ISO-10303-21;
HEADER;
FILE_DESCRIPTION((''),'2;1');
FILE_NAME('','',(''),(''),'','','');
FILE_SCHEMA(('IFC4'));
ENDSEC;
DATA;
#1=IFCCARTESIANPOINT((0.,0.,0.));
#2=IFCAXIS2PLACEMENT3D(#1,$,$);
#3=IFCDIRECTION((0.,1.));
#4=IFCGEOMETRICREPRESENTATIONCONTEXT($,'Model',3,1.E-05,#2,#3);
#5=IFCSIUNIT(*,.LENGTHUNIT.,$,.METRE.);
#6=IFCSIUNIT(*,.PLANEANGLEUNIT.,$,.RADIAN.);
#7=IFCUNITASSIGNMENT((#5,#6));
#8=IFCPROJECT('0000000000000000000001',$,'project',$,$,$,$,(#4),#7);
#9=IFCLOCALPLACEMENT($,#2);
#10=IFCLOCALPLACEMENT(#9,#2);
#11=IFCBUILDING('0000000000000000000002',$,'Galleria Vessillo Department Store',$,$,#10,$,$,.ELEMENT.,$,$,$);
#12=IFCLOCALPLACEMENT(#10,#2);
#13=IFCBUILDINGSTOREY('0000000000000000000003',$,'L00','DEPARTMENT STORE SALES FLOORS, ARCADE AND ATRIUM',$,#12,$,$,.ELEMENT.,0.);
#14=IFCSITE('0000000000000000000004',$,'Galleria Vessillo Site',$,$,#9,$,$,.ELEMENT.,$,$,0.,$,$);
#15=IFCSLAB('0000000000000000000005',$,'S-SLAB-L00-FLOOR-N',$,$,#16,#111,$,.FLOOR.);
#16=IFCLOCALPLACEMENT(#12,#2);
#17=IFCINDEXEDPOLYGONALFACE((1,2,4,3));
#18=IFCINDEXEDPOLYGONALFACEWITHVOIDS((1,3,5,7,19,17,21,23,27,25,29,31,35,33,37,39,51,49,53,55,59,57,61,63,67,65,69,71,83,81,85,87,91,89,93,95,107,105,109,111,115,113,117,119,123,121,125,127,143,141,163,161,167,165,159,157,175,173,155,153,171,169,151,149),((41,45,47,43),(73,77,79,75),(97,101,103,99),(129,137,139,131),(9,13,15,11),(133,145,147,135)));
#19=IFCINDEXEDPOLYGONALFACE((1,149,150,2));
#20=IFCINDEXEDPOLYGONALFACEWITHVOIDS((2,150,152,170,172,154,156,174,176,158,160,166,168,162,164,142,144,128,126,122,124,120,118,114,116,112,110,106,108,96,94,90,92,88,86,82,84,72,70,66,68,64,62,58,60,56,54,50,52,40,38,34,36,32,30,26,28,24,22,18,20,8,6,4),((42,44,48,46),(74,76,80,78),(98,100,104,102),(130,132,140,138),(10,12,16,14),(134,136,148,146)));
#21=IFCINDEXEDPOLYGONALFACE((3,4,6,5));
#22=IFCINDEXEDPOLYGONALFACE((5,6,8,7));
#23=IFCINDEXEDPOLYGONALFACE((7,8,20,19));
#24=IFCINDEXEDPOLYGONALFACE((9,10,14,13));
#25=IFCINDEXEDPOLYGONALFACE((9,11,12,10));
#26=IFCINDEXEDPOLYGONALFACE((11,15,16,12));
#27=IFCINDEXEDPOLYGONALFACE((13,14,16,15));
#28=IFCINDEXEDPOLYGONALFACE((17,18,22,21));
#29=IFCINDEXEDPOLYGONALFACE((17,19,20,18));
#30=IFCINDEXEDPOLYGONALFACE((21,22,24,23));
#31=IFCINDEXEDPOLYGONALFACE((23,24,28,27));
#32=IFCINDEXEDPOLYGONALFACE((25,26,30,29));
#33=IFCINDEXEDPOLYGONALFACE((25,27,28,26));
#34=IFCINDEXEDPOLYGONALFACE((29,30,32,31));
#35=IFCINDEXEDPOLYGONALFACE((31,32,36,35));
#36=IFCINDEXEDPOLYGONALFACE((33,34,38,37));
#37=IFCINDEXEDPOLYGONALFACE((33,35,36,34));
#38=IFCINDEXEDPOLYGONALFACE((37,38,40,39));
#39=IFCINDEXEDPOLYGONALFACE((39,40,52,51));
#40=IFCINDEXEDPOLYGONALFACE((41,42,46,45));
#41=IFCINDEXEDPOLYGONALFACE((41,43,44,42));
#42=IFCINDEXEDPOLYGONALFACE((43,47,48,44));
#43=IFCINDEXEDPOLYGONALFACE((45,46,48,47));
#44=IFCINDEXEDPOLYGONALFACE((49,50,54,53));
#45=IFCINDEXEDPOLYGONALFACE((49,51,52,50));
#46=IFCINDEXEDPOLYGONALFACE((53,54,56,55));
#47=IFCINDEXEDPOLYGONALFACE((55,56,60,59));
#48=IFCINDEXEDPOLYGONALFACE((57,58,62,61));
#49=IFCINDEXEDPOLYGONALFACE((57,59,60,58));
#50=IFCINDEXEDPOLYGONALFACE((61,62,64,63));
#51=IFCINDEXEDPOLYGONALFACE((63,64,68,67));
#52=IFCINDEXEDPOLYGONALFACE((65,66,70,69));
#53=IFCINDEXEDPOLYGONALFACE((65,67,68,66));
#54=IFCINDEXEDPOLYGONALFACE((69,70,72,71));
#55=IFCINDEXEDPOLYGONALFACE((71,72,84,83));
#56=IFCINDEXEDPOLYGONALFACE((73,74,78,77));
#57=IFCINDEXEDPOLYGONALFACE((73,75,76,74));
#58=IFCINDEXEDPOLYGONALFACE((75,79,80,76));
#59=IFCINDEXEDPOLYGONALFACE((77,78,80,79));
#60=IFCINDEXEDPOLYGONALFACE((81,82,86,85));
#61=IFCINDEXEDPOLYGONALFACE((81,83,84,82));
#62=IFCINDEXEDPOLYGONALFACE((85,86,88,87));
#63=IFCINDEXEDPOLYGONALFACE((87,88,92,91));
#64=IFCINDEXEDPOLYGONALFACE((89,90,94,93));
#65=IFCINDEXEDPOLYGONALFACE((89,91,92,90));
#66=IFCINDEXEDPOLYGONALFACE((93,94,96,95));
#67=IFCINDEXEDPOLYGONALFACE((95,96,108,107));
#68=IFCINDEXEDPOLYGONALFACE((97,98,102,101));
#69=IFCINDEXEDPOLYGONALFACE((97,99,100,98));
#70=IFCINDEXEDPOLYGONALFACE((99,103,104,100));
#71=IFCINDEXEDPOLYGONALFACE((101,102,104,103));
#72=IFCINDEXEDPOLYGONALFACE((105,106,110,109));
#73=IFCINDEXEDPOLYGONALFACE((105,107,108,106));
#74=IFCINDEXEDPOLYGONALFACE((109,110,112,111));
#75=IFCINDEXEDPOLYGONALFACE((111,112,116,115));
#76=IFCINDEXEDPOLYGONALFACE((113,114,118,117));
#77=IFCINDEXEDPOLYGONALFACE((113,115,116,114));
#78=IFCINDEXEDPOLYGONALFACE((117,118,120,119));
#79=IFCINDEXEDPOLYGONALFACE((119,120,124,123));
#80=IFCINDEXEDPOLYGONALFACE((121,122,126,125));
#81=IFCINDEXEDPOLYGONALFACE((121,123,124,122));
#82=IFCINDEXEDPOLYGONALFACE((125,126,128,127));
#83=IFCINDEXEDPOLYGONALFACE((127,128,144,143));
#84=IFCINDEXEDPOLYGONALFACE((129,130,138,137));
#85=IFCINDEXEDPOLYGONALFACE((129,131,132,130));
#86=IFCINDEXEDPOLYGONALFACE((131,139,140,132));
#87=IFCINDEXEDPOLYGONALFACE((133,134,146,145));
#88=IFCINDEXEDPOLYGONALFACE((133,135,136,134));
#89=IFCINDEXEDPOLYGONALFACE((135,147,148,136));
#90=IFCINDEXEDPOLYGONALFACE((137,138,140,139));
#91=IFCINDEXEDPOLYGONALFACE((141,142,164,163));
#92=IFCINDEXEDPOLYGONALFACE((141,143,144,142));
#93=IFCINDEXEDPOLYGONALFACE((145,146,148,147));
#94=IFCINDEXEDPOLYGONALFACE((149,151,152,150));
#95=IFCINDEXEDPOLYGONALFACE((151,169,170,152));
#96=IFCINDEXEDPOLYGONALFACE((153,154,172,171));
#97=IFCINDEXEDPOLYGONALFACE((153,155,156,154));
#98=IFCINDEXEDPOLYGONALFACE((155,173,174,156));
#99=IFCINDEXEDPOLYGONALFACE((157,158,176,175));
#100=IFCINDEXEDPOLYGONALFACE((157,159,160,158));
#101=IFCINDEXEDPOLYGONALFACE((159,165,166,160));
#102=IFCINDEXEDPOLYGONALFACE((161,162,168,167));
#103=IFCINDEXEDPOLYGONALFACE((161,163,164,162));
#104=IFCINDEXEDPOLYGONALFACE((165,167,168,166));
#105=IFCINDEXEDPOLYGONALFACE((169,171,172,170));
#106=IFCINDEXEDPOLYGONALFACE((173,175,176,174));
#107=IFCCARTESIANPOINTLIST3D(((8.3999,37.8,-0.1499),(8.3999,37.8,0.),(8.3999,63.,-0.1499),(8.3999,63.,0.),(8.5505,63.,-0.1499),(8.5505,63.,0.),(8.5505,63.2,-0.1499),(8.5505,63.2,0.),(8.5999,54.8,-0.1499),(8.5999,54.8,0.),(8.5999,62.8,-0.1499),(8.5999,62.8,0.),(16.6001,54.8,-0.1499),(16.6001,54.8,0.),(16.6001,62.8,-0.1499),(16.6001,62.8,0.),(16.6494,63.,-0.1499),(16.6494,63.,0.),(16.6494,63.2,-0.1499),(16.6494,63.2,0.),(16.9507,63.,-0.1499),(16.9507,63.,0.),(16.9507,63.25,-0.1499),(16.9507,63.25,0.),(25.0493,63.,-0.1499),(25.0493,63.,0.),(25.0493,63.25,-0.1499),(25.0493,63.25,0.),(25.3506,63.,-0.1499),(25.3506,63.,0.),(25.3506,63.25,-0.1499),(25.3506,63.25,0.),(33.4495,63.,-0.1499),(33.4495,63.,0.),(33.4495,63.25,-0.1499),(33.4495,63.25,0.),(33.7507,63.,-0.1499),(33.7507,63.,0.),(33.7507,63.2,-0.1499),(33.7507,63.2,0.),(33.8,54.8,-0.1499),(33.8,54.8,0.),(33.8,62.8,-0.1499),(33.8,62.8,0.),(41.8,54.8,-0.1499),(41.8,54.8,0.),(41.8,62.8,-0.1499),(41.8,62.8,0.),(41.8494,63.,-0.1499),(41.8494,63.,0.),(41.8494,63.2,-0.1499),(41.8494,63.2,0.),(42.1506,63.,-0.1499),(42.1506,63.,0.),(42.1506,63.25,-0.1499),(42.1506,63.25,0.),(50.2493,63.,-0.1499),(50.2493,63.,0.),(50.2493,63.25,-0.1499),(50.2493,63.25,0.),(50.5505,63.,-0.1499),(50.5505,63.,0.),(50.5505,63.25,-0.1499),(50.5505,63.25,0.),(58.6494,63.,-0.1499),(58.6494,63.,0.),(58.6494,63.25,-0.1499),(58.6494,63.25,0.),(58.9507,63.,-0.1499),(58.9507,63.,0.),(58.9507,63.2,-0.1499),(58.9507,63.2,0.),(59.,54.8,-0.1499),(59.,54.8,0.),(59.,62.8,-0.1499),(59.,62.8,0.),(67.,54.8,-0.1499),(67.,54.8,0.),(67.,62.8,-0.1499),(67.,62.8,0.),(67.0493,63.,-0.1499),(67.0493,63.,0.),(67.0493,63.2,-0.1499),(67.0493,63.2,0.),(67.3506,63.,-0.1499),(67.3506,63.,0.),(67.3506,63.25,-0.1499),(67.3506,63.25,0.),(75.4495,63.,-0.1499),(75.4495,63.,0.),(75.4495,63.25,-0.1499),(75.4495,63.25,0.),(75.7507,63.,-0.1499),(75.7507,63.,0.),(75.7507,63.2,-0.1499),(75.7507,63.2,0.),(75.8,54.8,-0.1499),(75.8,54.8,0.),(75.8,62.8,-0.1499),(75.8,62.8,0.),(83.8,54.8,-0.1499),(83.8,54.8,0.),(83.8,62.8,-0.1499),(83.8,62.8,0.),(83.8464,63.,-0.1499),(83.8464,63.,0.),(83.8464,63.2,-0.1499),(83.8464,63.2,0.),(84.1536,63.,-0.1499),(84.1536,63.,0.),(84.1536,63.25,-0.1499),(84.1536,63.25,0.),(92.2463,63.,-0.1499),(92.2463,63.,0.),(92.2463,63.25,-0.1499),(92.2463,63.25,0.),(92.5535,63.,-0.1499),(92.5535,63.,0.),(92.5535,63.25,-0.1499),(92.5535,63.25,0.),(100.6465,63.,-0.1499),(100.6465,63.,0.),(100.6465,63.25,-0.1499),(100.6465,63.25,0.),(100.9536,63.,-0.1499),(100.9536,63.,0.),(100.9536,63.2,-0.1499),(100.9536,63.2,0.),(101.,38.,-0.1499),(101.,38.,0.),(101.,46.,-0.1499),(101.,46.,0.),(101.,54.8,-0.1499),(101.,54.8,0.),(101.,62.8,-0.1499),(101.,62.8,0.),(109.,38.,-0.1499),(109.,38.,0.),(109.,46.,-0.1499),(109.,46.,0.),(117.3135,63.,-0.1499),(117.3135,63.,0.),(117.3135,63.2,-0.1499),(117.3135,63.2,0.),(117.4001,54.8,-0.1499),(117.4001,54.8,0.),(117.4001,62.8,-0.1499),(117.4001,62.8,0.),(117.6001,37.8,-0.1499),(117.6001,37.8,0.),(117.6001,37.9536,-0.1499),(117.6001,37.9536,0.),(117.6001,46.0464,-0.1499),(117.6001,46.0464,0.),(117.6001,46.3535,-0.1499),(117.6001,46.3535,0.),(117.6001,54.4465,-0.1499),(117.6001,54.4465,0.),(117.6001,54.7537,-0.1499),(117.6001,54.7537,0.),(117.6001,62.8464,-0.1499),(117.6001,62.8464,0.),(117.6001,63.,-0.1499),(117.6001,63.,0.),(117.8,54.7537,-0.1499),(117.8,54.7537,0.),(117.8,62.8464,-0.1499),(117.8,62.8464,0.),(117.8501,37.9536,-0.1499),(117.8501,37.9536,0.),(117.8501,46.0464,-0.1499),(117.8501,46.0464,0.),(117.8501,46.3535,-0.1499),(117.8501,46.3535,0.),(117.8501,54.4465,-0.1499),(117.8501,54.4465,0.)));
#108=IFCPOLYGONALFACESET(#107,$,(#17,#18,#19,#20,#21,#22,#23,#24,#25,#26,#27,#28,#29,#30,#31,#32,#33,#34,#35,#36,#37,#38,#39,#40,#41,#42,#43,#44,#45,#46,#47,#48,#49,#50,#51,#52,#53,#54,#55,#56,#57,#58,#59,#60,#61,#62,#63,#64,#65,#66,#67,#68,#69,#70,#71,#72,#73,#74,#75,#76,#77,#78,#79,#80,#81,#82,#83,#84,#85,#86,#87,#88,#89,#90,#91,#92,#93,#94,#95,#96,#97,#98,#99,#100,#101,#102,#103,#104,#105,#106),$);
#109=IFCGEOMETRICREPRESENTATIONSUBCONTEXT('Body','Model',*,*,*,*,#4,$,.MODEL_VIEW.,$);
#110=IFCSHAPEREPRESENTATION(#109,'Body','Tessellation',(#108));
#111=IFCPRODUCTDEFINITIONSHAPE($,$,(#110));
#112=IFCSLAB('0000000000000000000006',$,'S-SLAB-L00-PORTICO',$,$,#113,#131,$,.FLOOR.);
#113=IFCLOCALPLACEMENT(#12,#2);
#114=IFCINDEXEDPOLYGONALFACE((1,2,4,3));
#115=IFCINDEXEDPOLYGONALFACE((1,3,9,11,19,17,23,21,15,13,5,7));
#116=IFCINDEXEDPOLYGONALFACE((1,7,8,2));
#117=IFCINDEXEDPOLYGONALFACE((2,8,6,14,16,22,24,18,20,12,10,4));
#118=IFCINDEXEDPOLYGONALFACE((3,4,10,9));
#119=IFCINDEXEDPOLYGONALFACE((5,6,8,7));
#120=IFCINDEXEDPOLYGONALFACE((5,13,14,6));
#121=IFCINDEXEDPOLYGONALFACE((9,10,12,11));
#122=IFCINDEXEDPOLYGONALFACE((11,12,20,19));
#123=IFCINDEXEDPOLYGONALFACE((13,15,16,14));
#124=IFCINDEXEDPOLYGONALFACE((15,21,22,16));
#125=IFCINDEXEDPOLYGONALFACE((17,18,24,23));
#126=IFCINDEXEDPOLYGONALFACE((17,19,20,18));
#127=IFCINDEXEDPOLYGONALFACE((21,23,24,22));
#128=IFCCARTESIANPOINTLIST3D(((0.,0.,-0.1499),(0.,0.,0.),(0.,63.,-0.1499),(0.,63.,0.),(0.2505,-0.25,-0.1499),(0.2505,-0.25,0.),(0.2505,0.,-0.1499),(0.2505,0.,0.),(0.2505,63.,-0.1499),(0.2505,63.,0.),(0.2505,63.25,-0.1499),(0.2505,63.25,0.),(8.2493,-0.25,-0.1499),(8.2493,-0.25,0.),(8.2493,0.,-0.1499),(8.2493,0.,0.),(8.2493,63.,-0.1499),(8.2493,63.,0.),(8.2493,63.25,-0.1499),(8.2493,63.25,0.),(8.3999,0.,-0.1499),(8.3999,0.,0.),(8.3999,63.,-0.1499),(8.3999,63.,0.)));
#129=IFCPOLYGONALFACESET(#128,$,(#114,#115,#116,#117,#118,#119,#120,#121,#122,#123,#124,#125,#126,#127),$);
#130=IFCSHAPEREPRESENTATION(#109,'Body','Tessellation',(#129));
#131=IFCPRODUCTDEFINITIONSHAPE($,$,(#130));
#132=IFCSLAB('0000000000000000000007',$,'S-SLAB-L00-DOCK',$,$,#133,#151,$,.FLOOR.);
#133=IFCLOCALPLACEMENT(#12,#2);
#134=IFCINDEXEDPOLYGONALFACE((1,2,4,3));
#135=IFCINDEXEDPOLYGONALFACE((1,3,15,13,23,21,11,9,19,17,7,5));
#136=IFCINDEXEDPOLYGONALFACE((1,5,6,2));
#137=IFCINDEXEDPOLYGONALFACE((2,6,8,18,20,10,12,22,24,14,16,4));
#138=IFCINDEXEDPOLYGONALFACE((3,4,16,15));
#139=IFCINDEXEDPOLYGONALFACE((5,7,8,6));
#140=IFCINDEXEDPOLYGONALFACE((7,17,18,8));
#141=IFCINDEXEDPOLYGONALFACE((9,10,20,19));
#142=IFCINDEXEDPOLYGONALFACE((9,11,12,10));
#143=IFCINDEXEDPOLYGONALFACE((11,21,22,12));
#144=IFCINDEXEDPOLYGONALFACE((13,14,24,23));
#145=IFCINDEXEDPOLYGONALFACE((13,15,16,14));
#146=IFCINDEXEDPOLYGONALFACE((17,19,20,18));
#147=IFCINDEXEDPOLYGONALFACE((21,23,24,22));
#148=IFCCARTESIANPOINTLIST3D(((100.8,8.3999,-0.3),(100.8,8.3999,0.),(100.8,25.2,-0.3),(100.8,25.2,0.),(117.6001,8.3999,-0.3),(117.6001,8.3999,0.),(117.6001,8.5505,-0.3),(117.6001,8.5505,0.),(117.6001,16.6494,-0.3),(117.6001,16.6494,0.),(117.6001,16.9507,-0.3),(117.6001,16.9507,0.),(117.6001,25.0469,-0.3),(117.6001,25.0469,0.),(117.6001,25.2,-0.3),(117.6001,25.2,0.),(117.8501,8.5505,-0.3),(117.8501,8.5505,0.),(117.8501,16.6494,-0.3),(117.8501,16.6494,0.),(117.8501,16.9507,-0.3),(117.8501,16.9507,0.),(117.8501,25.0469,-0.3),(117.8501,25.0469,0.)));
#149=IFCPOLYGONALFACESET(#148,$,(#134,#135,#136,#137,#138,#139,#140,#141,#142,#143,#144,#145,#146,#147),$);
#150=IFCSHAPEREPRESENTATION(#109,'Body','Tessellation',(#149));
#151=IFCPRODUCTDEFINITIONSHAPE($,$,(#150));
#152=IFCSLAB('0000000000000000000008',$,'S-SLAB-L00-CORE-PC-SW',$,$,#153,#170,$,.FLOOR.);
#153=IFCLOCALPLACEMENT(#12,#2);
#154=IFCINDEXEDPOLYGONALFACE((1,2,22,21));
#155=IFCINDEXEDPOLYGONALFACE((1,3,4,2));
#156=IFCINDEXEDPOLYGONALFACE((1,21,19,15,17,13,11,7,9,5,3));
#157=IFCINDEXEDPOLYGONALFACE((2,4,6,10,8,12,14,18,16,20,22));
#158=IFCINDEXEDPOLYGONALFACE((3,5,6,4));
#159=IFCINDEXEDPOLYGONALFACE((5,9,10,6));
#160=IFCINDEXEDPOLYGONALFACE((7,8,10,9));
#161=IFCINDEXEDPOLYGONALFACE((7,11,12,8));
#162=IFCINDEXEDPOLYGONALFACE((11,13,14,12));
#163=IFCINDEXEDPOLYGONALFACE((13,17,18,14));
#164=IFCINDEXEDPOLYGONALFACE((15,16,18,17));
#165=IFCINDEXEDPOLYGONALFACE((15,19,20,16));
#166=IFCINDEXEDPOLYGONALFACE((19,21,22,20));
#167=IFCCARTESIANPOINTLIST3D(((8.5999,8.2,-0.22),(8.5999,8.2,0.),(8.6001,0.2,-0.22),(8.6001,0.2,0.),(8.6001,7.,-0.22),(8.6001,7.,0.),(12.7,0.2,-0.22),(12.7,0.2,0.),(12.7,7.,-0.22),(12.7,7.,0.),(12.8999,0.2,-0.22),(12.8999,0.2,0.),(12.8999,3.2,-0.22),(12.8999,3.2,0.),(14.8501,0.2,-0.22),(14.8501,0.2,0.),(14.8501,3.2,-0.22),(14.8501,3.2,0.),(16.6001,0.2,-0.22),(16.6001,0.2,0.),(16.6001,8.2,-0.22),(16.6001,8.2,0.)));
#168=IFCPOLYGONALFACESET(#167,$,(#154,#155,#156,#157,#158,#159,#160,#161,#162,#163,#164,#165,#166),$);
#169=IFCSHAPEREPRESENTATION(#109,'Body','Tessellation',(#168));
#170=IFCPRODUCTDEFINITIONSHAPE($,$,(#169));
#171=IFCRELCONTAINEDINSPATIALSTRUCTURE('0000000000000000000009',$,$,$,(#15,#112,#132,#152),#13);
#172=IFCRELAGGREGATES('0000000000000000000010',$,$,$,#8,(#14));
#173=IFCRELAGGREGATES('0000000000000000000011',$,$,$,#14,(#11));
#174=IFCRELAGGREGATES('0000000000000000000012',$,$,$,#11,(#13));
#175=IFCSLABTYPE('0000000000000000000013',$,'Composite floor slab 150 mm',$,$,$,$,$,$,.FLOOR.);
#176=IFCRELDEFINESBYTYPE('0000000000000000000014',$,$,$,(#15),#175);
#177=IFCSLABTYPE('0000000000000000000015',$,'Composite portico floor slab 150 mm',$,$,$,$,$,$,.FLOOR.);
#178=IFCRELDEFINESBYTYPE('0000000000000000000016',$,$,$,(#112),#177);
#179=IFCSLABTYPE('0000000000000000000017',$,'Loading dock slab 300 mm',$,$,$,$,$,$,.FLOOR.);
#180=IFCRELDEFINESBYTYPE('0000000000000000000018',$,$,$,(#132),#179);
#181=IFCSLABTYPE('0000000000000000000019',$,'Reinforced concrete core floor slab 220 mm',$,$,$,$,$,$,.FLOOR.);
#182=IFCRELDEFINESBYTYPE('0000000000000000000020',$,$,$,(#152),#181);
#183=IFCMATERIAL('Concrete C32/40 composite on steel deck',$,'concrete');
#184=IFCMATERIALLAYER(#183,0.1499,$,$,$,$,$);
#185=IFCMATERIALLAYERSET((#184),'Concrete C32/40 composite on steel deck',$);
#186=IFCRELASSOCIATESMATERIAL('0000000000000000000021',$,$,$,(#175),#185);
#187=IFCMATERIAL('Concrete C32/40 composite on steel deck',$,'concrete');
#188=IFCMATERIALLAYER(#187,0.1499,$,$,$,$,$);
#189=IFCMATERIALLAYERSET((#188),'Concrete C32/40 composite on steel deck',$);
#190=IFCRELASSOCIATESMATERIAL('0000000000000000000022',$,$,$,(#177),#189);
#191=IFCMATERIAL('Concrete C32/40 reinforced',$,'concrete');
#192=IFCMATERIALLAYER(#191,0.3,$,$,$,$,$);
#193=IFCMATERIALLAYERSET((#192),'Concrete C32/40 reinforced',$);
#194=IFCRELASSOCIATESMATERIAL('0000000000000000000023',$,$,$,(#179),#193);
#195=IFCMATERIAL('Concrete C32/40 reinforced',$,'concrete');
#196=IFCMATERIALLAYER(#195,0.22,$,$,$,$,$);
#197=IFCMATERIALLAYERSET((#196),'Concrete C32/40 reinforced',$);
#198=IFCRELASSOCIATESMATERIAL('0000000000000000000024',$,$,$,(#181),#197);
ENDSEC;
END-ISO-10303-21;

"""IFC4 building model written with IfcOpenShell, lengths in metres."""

from ifc_helpers import new_model, si_unit, direction, frame, origin, place, context, subcontext, project, spatial, polyline, outline, extrude, material, layer, layer_set, type_object, element, save


model = new_model("IFC4")

# Units and contexts
model_context = context("Model", 3, precision=1e-05, world=origin(), true_north=direction((0.0, 1.0)))
body_context = subcontext(model_context, "Body", "Model", "MODEL_VIEW")
ifc_project = project(units=[si_unit("LENGTHUNIT", "METRE"), si_unit("PLANEANGLEUNIT", "RADIAN")], contexts=[model_context])

# Site, building, storey
site_placement = place(None, origin())
site = spatial("IfcSite", under=ifc_project, at=site_placement, Name="Galleria Vessillo Site", CompositionType="ELEMENT", RefElevation=0.0)
building_placement = place(site_placement, origin())
building = spatial("IfcBuilding", under=site, at=building_placement, Name="Galleria Vessillo Department Store", CompositionType="ELEMENT")
storey_placement = place(building_placement, origin())
storey = spatial("IfcBuildingStorey", under=building, at=storey_placement, Name="L00", Description="DEPARTMENT STORE SALES FLOORS, ARCADE AND ATRIUM", CompositionType="ELEMENT", Elevation=0.0)

# Slabs
ifc_material_1 = material(Name="Concrete C32/40 composite on steel deck", Category="concrete")
ifc_layer_1 = layer(ifc_material_1, 0.1499)
ifc_layer_set_1 = layer_set([ifc_layer_1], Name="Concrete C32/40 composite on steel deck")
slab_type_1 = type_object("IfcSlabType", Name="Composite floor slab 150 mm", PredefinedType="FLOOR", material=ifc_layer_set_1)
slab_1_placement = place(storey_placement, frame((0.0, 0.0, -0.1499)))
element("IfcSlab", 1, at=slab_1_placement, inside=storey, type_object=slab_type_1, Name="S-SLAB-L00-FLOOR-N", PredefinedType="FLOOR", context=body_context, shape_type="SweptSolid", body=[
    extrude(outline(polyline([(25.3506, 63.0), (25.3506, 63.25), (33.4495, 63.25), (33.4495, 63.0), (33.7507, 63.0), (33.7507, 63.2), (41.8494, 63.2), (41.8494, 63.0), (42.1506, 63.0), (42.1506, 63.25), (50.2493, 63.25), (50.2493, 63.0), (50.5505, 63.0), (50.5505, 63.25), (58.6494, 63.25), (58.6494, 63.0), (58.9507, 63.0), (58.9507, 63.2), (67.0493, 63.2), (67.0493, 63.0), (67.3506, 63.0), (67.3506, 63.25), (75.4495, 63.25), (75.4495, 63.0), (75.7507, 63.0), (75.7507, 63.2), (83.8464, 63.2), (83.8464, 63.0), (84.1536, 63.0), (84.1536, 63.25), (92.2463, 63.25), (92.2463, 63.0), (92.5535, 63.0), (92.5535, 63.25), (100.6465, 63.25), (100.6465, 63.0), (100.9536, 63.0), (100.9536, 63.2), (117.3135, 63.2), (117.3135, 63.0), (117.6001, 63.0), (117.6001, 62.8464), (117.8, 62.8464), (117.8, 54.7537), (117.6001, 54.7537), (117.6001, 54.4465), (117.8501, 54.4465), (117.8501, 46.3535), (117.6001, 46.3535), (117.6001, 46.0464), (117.8501, 46.0464), (117.8501, 37.9536), (117.6001, 37.9536), (117.6001, 37.8), (8.3999, 37.8), (8.3999, 63.0), (8.5505, 63.0), (8.5505, 63.2), (16.6494, 63.2), (16.6494, 63.0), (16.9507, 63.0), (16.9507, 63.25), (25.0493, 63.25), (25.0493, 63.0), (25.3506, 63.0)]), holes=[polyline([(16.6001, 62.8), (8.5999, 62.8), (8.5999, 54.8), (16.6001, 54.8), (16.6001, 62.8)]), polyline([(41.8, 62.8), (33.8, 62.8), (33.8, 54.8), (41.8, 54.8), (41.8, 62.8)]), polyline([(59.0, 62.8), (59.0, 54.8), (67.0, 54.8), (67.0, 62.8), (59.0, 62.8)]), polyline([(101.0, 46.0), (101.0, 38.0), (109.0, 38.0), (109.0, 46.0), (101.0, 46.0)]), polyline([(83.8, 62.8), (75.8, 62.8), (75.8, 54.8), (83.8, 54.8), (83.8, 62.8)]), polyline([(117.4001, 62.8), (101.0, 62.8), (101.0, 54.8), (117.4001, 54.8), (117.4001, 62.8)])]), origin(), (0.0, 0.0, 1.0), 0.1499),
])
ifc_material_2 = material(Name="Concrete C32/40 composite on steel deck", Category="concrete")
ifc_layer_2 = layer(ifc_material_2, 0.1499)
ifc_layer_set_2 = layer_set([ifc_layer_2], Name="Concrete C32/40 composite on steel deck")
slab_type_2 = type_object("IfcSlabType", Name="Composite portico floor slab 150 mm", PredefinedType="FLOOR", material=ifc_layer_set_2)
slab_2_placement = place(storey_placement, frame((0.0, 0.0, -0.1499)))
element("IfcSlab", 2, at=slab_2_placement, inside=storey, type_object=slab_type_2, Name="S-SLAB-L00-PORTICO", PredefinedType="FLOOR", context=body_context, shape_type="SweptSolid", body=[
    extrude(outline(polyline([(0.2505, -0.25), (8.2493, -0.25), (8.2493, 0.0), (8.3999, 0.0), (8.3999, 63.0), (8.2493, 63.0), (8.2493, 63.25), (0.2505, 63.25), (0.2505, 63.0), (0.0, 63.0), (0.0, 0.0), (0.2505, 0.0), (0.2505, -0.25)])), origin(), (0.0, 0.0, 1.0), 0.1499),
])
ifc_material_3 = material(Name="Concrete C32/40 reinforced", Category="concrete")
ifc_layer_3 = layer(ifc_material_3, 0.3)
ifc_layer_set_3 = layer_set([ifc_layer_3], Name="Concrete C32/40 reinforced")
slab_type_3 = type_object("IfcSlabType", Name="Loading dock slab 300 mm", PredefinedType="FLOOR", material=ifc_layer_set_3)
slab_3_placement = place(storey_placement, frame((0.0, 0.0, -0.3)))
element("IfcSlab", 3, at=slab_3_placement, inside=storey, type_object=slab_type_3, Name="S-SLAB-L00-DOCK", PredefinedType="FLOOR", context=body_context, shape_type="SweptSolid", body=[
    extrude(outline(polyline([(117.8501, 16.6494), (117.8501, 8.5505), (117.6001, 8.5505), (117.6001, 8.3999), (100.8, 8.3999), (100.8, 25.2), (117.6001, 25.2), (117.6001, 25.0469), (117.8501, 25.0469), (117.8501, 16.9507), (117.6001, 16.9507), (117.6001, 16.6494), (117.8501, 16.6494)])), origin(), (0.0, 0.0, 1.0), 0.3),
])
ifc_material_4 = material(Name="Concrete C32/40 reinforced", Category="concrete")
ifc_layer_4 = layer(ifc_material_4, 0.22)
ifc_layer_set_4 = layer_set([ifc_layer_4], Name="Concrete C32/40 reinforced")
slab_type_4 = type_object("IfcSlabType", Name="Reinforced concrete core floor slab 220 mm", PredefinedType="FLOOR", material=ifc_layer_set_4)
slab_4_placement = place(storey_placement, frame((0.0, 0.0, -0.22)))
element("IfcSlab", 4, at=slab_4_placement, inside=storey, type_object=slab_type_4, Name="S-SLAB-L00-CORE-PC-SW", PredefinedType="FLOOR", context=body_context, shape_type="SweptSolid", body=[
    extrude(outline(polyline([(8.5999, 8.2), (16.6001, 8.2), (16.6001, 0.2), (14.8501, 0.2), (14.8501, 3.2), (12.8999, 3.2), (12.8999, 0.2), (12.7, 0.2), (12.7, 7.0), (8.6001, 7.0), (8.6001, 0.2), (8.5999, 8.2)])), origin(), (0.0, 0.0, 1.0), 0.22),
])

save(model, "model.ifc")
